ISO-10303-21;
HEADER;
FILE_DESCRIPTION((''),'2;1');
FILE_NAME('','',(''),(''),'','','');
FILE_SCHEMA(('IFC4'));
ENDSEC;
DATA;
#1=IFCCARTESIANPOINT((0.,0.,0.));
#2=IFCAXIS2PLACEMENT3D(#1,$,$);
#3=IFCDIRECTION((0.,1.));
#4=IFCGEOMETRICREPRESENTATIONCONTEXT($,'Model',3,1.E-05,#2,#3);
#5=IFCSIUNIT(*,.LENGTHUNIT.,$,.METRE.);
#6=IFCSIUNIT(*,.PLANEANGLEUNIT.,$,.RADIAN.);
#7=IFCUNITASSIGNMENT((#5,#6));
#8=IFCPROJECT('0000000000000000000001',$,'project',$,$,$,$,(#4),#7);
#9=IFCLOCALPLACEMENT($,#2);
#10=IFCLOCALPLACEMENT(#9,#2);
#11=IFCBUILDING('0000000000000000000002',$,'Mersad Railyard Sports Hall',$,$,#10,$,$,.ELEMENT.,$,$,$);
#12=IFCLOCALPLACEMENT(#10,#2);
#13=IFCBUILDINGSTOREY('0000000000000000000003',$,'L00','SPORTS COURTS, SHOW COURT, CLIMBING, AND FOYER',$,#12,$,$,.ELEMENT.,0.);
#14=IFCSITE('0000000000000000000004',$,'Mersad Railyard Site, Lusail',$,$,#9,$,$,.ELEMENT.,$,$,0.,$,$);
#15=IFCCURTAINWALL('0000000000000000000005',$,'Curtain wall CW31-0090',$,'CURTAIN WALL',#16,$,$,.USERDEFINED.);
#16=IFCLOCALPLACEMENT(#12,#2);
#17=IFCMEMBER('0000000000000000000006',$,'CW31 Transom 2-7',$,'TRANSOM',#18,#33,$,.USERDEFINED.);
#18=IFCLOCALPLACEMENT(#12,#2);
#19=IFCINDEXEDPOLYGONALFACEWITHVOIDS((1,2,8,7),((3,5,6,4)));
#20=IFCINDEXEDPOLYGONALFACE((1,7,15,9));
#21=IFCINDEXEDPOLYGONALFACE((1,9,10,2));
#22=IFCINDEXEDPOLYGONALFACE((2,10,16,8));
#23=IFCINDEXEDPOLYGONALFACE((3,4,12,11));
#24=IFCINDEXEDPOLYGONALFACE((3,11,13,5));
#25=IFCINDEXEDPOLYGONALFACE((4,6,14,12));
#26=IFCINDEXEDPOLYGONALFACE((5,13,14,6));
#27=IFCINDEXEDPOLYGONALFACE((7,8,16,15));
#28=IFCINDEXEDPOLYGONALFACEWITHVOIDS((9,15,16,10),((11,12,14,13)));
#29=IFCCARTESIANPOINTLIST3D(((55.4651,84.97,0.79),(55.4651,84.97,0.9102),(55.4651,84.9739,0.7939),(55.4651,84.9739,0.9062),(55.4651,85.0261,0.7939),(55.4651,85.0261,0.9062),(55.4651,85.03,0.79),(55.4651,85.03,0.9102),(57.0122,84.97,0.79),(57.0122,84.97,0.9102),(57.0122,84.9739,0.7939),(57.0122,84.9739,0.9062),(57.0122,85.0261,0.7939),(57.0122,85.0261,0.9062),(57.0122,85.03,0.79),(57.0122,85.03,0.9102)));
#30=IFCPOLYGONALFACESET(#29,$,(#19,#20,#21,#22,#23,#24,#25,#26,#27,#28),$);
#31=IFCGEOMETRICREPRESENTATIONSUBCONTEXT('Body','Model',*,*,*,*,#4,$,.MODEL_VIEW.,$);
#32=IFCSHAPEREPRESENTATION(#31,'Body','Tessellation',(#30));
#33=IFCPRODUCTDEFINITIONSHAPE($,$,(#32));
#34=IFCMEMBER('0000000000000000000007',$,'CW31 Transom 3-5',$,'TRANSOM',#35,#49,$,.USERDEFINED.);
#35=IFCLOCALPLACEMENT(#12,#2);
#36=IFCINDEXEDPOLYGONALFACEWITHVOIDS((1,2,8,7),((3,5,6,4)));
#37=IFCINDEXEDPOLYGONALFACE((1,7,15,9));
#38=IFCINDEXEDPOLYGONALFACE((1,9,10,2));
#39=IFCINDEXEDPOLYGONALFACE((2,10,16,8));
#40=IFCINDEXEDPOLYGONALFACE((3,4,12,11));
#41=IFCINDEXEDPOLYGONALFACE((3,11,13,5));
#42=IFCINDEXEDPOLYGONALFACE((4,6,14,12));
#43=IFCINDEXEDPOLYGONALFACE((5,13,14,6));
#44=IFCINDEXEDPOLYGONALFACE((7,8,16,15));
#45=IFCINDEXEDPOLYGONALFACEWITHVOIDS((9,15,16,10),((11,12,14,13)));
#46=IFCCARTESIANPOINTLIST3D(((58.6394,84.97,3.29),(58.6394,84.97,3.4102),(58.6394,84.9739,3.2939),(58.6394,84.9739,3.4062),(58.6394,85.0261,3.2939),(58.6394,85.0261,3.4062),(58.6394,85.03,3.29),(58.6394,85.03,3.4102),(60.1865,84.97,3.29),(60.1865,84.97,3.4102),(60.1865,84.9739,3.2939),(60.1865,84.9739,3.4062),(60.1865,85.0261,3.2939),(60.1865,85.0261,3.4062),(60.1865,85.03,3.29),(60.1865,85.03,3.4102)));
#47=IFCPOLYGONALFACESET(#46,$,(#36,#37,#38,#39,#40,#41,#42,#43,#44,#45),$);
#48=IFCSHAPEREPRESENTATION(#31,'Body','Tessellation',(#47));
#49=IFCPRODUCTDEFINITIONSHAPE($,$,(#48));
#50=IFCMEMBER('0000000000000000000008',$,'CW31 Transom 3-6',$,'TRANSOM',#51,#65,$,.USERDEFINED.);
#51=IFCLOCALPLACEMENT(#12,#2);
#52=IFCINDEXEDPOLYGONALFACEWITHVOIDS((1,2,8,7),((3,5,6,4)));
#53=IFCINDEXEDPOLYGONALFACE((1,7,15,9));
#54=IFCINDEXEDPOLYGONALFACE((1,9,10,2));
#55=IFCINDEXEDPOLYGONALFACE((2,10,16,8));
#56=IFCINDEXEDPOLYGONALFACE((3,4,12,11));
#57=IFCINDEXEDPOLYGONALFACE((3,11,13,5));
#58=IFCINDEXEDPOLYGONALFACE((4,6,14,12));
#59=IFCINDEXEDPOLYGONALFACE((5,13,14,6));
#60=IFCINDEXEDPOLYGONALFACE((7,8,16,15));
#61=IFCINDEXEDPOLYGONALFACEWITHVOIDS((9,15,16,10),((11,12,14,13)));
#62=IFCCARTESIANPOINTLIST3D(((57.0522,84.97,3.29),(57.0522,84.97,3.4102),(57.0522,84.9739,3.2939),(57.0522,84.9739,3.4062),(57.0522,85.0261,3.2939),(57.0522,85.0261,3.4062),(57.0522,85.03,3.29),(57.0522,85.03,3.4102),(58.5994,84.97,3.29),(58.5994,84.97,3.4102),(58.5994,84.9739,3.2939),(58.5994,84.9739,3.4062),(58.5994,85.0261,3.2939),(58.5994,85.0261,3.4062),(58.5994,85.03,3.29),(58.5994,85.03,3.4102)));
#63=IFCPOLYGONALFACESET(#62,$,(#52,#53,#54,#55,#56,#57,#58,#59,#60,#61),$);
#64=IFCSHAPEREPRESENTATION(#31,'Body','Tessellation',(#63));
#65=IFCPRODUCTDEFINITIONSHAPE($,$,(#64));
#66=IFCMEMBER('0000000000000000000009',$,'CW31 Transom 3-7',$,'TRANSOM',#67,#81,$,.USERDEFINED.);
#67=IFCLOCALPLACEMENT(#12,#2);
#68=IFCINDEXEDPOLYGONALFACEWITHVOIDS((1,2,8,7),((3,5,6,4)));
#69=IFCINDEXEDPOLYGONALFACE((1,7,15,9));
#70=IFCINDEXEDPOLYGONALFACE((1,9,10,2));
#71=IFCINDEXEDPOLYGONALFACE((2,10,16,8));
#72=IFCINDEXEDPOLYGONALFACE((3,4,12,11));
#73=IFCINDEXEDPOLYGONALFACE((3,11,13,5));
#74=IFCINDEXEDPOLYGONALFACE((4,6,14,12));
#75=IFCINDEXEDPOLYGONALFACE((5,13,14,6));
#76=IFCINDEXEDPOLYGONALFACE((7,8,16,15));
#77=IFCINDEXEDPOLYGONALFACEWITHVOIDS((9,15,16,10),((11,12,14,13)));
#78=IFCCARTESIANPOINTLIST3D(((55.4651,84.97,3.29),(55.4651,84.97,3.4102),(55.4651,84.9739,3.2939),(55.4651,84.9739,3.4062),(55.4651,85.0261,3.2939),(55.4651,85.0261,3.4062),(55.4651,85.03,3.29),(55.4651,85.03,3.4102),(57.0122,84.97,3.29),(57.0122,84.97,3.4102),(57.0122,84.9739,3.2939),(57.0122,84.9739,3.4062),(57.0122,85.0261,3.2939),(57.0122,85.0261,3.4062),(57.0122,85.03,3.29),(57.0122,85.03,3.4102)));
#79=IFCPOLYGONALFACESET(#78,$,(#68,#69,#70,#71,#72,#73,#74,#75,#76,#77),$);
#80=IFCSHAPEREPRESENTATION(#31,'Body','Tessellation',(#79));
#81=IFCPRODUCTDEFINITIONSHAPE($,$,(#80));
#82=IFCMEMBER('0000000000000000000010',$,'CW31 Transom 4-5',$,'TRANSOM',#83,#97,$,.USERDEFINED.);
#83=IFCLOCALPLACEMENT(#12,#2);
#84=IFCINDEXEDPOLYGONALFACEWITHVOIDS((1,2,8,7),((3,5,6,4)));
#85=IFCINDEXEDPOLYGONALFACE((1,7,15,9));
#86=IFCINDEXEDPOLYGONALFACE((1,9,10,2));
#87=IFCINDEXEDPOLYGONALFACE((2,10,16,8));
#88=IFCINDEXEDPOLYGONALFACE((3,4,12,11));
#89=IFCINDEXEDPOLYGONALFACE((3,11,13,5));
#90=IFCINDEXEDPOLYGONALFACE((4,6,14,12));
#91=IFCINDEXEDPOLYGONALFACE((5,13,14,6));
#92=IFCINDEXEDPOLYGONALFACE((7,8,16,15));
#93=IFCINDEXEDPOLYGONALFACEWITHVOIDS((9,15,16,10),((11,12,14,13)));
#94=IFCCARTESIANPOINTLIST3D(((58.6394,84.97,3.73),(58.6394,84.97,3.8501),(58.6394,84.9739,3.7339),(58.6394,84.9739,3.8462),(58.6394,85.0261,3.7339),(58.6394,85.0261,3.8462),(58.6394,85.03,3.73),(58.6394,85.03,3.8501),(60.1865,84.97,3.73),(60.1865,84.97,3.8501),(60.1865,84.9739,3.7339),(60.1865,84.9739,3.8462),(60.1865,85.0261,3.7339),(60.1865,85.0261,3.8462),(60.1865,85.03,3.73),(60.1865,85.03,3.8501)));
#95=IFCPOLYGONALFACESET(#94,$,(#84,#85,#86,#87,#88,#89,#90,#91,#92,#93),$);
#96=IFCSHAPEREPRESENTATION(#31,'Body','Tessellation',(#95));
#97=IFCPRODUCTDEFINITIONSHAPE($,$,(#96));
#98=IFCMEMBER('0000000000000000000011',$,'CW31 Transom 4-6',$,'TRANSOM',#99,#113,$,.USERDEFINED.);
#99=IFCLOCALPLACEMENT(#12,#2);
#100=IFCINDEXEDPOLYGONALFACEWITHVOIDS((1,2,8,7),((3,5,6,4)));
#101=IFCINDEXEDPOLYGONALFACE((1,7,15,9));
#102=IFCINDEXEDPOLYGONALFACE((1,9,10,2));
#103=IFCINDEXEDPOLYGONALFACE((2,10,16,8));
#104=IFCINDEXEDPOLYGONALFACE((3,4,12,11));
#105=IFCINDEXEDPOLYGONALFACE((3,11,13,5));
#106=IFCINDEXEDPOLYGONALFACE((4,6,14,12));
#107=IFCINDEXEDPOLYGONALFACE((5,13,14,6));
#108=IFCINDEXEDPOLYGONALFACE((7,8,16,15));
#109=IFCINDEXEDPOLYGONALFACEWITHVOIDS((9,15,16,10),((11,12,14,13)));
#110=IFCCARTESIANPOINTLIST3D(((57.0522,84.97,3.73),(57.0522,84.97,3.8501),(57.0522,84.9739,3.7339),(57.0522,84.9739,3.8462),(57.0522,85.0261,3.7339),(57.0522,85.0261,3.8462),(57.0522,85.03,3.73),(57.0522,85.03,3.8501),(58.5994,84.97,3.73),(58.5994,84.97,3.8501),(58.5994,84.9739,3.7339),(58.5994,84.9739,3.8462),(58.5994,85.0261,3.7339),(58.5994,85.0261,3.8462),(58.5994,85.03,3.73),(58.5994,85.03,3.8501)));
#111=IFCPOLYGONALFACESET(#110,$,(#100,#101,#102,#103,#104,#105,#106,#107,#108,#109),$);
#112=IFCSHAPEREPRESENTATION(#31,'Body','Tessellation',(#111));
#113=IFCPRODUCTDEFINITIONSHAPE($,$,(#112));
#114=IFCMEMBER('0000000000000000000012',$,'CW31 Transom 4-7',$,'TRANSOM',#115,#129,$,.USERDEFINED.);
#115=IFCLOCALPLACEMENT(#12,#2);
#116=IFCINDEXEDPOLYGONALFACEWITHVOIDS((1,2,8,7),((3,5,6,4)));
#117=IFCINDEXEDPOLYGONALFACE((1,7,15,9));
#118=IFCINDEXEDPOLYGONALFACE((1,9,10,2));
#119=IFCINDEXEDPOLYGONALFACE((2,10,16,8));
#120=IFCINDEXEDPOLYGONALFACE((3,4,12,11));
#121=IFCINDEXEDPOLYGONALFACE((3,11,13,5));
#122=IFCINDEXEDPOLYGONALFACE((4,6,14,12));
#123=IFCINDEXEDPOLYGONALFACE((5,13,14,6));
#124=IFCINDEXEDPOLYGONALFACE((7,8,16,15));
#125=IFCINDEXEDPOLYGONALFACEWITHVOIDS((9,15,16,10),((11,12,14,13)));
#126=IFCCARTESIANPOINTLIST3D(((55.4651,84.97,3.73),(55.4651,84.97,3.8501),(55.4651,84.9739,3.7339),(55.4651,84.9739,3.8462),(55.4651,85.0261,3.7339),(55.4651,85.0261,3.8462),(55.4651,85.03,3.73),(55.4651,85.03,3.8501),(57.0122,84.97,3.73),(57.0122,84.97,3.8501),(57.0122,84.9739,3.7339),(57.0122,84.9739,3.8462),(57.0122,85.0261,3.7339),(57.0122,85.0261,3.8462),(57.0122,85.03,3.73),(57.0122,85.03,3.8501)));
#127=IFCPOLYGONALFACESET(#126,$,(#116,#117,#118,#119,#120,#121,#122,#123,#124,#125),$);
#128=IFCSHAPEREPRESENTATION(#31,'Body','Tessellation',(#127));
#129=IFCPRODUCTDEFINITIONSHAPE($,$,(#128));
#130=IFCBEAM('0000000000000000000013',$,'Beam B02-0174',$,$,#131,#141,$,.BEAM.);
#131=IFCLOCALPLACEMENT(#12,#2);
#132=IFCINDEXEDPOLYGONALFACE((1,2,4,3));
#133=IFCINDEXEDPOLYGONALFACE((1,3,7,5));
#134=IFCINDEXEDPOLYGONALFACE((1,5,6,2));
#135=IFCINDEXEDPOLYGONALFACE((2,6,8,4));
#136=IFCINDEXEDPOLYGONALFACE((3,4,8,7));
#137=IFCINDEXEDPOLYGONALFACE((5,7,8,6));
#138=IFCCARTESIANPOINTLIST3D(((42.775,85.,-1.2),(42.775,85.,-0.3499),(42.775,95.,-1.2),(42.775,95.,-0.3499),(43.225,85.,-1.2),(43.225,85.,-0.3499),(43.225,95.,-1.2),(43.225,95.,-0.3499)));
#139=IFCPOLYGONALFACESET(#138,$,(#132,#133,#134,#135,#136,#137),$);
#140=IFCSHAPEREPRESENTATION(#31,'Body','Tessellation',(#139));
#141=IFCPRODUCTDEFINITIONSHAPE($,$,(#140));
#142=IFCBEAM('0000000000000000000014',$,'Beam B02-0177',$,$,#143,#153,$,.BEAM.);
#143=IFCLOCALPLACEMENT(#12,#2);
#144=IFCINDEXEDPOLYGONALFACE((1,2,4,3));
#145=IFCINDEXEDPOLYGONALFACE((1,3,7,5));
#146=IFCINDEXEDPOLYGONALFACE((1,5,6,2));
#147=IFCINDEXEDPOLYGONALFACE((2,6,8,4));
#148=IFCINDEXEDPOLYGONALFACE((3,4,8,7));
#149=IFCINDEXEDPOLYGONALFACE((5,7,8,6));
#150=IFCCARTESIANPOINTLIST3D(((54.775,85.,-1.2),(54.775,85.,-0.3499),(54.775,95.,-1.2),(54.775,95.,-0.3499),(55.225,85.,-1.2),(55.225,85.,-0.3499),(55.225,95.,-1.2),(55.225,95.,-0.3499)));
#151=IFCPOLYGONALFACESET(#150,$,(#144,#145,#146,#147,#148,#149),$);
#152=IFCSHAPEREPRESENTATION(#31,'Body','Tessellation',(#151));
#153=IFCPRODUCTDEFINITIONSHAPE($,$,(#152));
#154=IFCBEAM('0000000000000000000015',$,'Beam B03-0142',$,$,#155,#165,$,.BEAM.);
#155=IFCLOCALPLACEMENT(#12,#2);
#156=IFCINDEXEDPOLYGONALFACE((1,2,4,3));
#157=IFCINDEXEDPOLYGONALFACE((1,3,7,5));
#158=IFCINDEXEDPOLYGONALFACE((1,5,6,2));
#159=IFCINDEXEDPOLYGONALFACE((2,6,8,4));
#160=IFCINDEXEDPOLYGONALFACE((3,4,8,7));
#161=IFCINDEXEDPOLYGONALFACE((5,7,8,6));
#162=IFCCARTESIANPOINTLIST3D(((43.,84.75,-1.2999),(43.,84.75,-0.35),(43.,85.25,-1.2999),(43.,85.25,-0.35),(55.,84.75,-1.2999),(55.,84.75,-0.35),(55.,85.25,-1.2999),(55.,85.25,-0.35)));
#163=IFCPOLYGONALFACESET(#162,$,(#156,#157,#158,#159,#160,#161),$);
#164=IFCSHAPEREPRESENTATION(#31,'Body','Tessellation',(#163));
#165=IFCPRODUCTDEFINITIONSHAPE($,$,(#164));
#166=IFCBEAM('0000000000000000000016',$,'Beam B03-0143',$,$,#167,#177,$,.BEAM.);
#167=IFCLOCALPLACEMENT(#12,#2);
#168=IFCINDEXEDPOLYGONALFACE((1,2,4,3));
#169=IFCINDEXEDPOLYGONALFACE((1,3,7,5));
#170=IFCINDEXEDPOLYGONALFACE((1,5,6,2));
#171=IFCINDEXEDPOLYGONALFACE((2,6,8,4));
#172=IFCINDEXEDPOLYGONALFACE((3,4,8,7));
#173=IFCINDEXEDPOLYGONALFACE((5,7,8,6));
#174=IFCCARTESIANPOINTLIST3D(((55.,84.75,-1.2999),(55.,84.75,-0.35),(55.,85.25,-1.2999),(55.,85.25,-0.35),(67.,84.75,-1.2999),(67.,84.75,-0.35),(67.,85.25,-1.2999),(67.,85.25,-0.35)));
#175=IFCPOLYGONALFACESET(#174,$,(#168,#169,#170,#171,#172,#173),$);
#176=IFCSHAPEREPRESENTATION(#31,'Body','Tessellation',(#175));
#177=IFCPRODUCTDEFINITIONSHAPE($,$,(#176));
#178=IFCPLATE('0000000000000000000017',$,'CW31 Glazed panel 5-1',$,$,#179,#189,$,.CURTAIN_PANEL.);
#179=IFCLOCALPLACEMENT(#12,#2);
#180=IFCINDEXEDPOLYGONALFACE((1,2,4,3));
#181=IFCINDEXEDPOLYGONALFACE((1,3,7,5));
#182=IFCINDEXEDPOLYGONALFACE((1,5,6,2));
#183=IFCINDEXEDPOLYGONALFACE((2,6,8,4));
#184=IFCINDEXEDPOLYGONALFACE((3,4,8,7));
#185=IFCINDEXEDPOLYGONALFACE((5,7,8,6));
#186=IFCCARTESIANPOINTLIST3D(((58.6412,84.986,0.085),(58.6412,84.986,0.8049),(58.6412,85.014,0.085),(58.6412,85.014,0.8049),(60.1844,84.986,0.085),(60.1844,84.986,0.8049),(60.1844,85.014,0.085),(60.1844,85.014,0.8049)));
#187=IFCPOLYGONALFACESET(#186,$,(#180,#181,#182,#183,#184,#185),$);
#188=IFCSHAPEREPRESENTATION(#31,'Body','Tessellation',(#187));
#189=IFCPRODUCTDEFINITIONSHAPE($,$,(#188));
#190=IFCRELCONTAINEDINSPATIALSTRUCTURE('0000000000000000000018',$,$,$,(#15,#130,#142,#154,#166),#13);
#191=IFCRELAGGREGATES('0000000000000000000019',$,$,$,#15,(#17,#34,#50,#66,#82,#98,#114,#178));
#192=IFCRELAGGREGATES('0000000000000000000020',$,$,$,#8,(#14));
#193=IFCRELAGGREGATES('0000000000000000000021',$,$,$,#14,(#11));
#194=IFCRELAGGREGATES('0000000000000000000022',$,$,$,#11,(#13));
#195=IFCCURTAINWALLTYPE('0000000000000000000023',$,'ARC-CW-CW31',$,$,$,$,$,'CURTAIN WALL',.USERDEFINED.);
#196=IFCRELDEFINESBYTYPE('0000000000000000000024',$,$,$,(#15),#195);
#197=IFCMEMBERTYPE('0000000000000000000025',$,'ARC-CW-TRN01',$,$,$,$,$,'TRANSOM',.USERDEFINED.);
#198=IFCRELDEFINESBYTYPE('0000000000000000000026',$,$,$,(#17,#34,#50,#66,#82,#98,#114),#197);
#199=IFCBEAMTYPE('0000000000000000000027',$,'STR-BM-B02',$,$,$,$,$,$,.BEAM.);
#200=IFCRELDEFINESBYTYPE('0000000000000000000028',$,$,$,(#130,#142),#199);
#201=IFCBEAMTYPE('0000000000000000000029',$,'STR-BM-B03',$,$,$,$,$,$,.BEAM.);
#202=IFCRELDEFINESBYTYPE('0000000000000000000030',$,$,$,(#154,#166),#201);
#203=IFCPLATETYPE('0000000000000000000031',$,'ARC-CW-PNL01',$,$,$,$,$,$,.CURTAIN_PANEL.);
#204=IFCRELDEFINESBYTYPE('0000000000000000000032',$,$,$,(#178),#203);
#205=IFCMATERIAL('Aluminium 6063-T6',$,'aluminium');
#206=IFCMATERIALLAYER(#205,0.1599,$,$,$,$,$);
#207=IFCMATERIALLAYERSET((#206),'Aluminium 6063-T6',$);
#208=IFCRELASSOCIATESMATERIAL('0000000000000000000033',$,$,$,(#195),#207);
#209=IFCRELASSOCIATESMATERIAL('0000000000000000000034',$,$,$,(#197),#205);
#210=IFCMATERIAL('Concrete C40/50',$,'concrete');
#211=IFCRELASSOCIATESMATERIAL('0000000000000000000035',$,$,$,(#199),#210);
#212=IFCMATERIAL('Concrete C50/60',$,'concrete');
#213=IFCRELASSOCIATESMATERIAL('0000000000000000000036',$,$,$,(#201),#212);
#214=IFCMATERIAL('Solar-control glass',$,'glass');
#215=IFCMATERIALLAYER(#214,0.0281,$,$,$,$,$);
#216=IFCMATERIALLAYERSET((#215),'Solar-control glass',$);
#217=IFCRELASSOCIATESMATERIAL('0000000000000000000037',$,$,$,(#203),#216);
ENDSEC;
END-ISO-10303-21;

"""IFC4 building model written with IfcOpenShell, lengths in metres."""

from ifc_helpers import new_model, si_unit, direction, frame, origin, origin_2d, place, context, subcontext, project, spatial, rectangle, hollow_rectangle, extrude, material, layer, layer_set, material_profile, profile_set, type_object, element, aggregate, save


model = new_model("IFC4")

# Units and contexts
model_context = context("Model", 3, precision=1e-05, world=origin(), true_north=direction((0.0, 1.0)))
body_context = subcontext(model_context, "Body", "Model", "MODEL_VIEW")
ifc_project = project(units=[si_unit("LENGTHUNIT", "METRE"), si_unit("PLANEANGLEUNIT", "RADIAN")], contexts=[model_context])

# Site, building, storey
site_placement = place(None, origin())
site = spatial("IfcSite", under=ifc_project, at=site_placement, Name="Mersad Railyard Site, Lusail", CompositionType="ELEMENT", RefElevation=0.0)
building_placement = place(site_placement, origin())
building = spatial("IfcBuilding", under=site, at=building_placement, Name="Mersad Railyard Sports Hall", CompositionType="ELEMENT")
storey_placement = place(building_placement, origin())
storey = spatial("IfcBuildingStorey", under=building, at=storey_placement, Name="L00", Description="SPORTS COURTS, SHOW COURT, CLIMBING, AND FOYER", CompositionType="ELEMENT", Elevation=0.0)

# Shared definitions
ifc_material_1 = material(Name="Concrete C50/60", Category="concrete")

# Curtain wall, members
ifc_material_2 = material(Name="Aluminium 6063-T6", Category="aluminium")
ifc_layer_1 = layer(ifc_material_2, 0.1599)
ifc_layer_set_1 = layer_set([ifc_layer_1], Name="Aluminium 6063-T6")
curtain_wall_type = type_object("IfcCurtainWallType", Name="ARC-CW-CW31", ElementType="CURTAIN WALL", PredefinedType="USERDEFINED", material=ifc_layer_set_1)
curtain_wall_placement = place(storey_placement, origin())
curtain_wall = element("IfcCurtainWall", 1, at=curtain_wall_placement, inside=storey, type_object=curtain_wall_type, Name="Curtain wall CW31-0090", ObjectType="CURTAIN WALL", PredefinedType="USERDEFINED")
ifc_material_profile_1 = material_profile(ifc_material_2, hollow_rectangle(XDim=0.0601, YDim=0.1201, WallThickness=0.0039, at=origin_2d()), Name="AL TRANSOM 60x120x4")
ifc_profile_set_1 = profile_set([ifc_material_profile_1], Name="Aluminium 6063-T6")
member_type_1 = type_object("IfcMemberType", Name="ARC-CW-TRN01", ElementType="TRANSOM", PredefinedType="USERDEFINED", material=ifc_profile_set_1)
member_1_placement = place(storey_placement, frame((57.0122, 85.0, 0.8501), z_axis=(-1.0, 0.0, 0.0), x_axis=(0.0, -1.0, 0.0)))
member_1 = element("IfcMember", 2, at=member_1_placement, type_object=member_type_1, Name="CW31 Transom 2-7", ObjectType="TRANSOM", PredefinedType="USERDEFINED", context=body_context, shape_type="SweptSolid", body=[
    extrude(hollow_rectangle(XDim=0.0601, YDim=0.1201, WallThickness=0.0039, at=origin_2d()), origin(), (0.0, 0.0, 1.0), 1.5471),
])
member_2_placement = place(storey_placement, frame((60.1865, 85.0, 3.3501), z_axis=(-1.0, 0.0, 0.0), x_axis=(0.0, -1.0, 0.0)))
member_2 = element("IfcMember", 3, at=member_2_placement, type_object=member_type_1, Name="CW31 Transom 3-5", ObjectType="TRANSOM", PredefinedType="USERDEFINED", context=body_context, shape_type="SweptSolid", body=[
    extrude(hollow_rectangle(XDim=0.0601, YDim=0.1201, WallThickness=0.0039, at=origin_2d()), origin(), (0.0, 0.0, 1.0), 1.5471),
])
member_3_placement = place(storey_placement, frame((58.5994, 85.0, 3.3501), z_axis=(-1.0, 0.0, 0.0), x_axis=(0.0, -1.0, 0.0)))
member_3 = element("IfcMember", 4, at=member_3_placement, type_object=member_type_1, Name="CW31 Transom 3-6", ObjectType="TRANSOM", PredefinedType="USERDEFINED", context=body_context, shape_type="SweptSolid", body=[
    extrude(hollow_rectangle(XDim=0.0601, YDim=0.1201, WallThickness=0.0039, at=origin_2d()), origin(), (0.0, 0.0, 1.0), 1.5471),
])
member_4_placement = place(storey_placement, frame((57.0122, 85.0, 3.3501), z_axis=(-1.0, 0.0, 0.0), x_axis=(0.0, -1.0, 0.0)))
member_4 = element("IfcMember", 5, at=member_4_placement, type_object=member_type_1, Name="CW31 Transom 3-7", ObjectType="TRANSOM", PredefinedType="USERDEFINED", context=body_context, shape_type="SweptSolid", body=[
    extrude(hollow_rectangle(XDim=0.0601, YDim=0.1201, WallThickness=0.0039, at=origin_2d()), origin(), (0.0, 0.0, 1.0), 1.5471),
])
member_5_placement = place(storey_placement, frame((60.1865, 85.0, 3.79), z_axis=(-1.0, 0.0, 0.0), x_axis=(0.0, -1.0, 0.0)))
member_5 = element("IfcMember", 6, at=member_5_placement, type_object=member_type_1, Name="CW31 Transom 4-5", ObjectType="TRANSOM", PredefinedType="USERDEFINED", context=body_context, shape_type="SweptSolid", body=[
    extrude(hollow_rectangle(XDim=0.0601, YDim=0.1201, WallThickness=0.0039, at=origin_2d()), origin(), (0.0, 0.0, 1.0), 1.5471),
])
member_6_placement = place(storey_placement, frame((58.5994, 85.0, 3.79), z_axis=(-1.0, 0.0, 0.0), x_axis=(0.0, -1.0, 0.0)))
member_6 = element("IfcMember", 7, at=member_6_placement, type_object=member_type_1, Name="CW31 Transom 4-6", ObjectType="TRANSOM", PredefinedType="USERDEFINED", context=body_context, shape_type="SweptSolid", body=[
    extrude(hollow_rectangle(XDim=0.0601, YDim=0.1201, WallThickness=0.0039, at=origin_2d()), origin(), (0.0, 0.0, 1.0), 1.5471),
])
member_7_placement = place(storey_placement, frame((57.0122, 85.0, 3.79), z_axis=(-1.0, 0.0, 0.0), x_axis=(0.0, -1.0, 0.0)))
member_7 = element("IfcMember", 8, at=member_7_placement, type_object=member_type_1, Name="CW31 Transom 4-7", ObjectType="TRANSOM", PredefinedType="USERDEFINED", context=body_context, shape_type="SweptSolid", body=[
    extrude(hollow_rectangle(XDim=0.0601, YDim=0.1201, WallThickness=0.0039, at=origin_2d()), origin(), (0.0, 0.0, 1.0), 1.5471),
])

# Beams
ifc_material_3 = material(Name="Concrete C40/50", Category="concrete")
ifc_material_profile_2 = material_profile(ifc_material_3, rectangle(XDim=0.45, YDim=0.8501, at=origin_2d()), Name="RC 450x850")
ifc_profile_set_2 = profile_set([ifc_material_profile_2], Name="Concrete C40/50")
beam_type_1 = type_object("IfcBeamType", Name="STR-BM-B02", PredefinedType="BEAM", material=ifc_profile_set_2)
for number, where, z_axis, x_axis, name in (
    (9, (43.0, 85.0, -0.7749), (0.0, 1.0, 0.0), (-1.0, 0.0, 0.0), "Beam B02-0174"),
    (10, (55.0, 85.0, -0.7749), (0.0, 1.0, 0.0), (-1.0, 0.0, 0.0), "Beam B02-0177"),
):
    element("IfcBeam", number, at=place(storey_placement, frame(where, z_axis=z_axis, x_axis=x_axis)), inside=storey, type_object=beam_type_1, Name=name, PredefinedType="BEAM", context=body_context, shape_type="SweptSolid", body=[
        extrude(rectangle(XDim=0.45, YDim=0.8501, at=origin_2d()), origin(), (0.0, 0.0, 1.0), 10.0),
    ])
ifc_material_profile_3 = material_profile(ifc_material_1, rectangle(XDim=0.5, YDim=0.95, at=origin_2d()), Name="RC 500x950")
ifc_profile_set_3 = profile_set([ifc_material_profile_3], Name="Concrete C50/60")
beam_type_2 = type_object("IfcBeamType", Name="STR-BM-B03", PredefinedType="BEAM", material=ifc_profile_set_3)
for number, where, z_axis, x_axis, name in (
    (11, (43.0, 85.0, -0.825), (1.0, 0.0, 0.0), (0.0, 1.0, 0.0), "Beam B03-0142"),
    (12, (55.0, 85.0, -0.825), (1.0, 0.0, 0.0), (0.0, 1.0, 0.0), "Beam B03-0143"),
):
    element("IfcBeam", number, at=place(storey_placement, frame(where, z_axis=z_axis, x_axis=x_axis)), inside=storey, type_object=beam_type_2, Name=name, PredefinedType="BEAM", context=body_context, shape_type="SweptSolid", body=[
        extrude(rectangle(XDim=0.5, YDim=0.95, at=origin_2d()), origin(), (0.0, 0.0, 1.0), 12.0),
    ])

# Plate
ifc_material_4 = material(Name="Solar-control glass", Category="glass")
ifc_layer_2 = layer(ifc_material_4, 0.0281)
ifc_layer_set_2 = layer_set([ifc_layer_2], Name="Solar-control glass")
plate_type = type_object("IfcPlateType", Name="ARC-CW-PNL01", PredefinedType="CURTAIN_PANEL", material=ifc_layer_set_2)
plate_1_placement = place(storey_placement, frame((59.4128, 85.0, 0.085), z_axis=(0.0, 0.0, 1.0), x_axis=(-1.0, 0.0, 0.0)))
plate_1 = element("IfcPlate", 13, at=plate_1_placement, type_object=plate_type, Name="CW31 Glazed panel 5-1", PredefinedType="CURTAIN_PANEL", context=body_context, shape_type="SweptSolid", body=[
    extrude(rectangle(XDim=1.5432, YDim=0.0281, at=origin_2d()), origin(), (0.0, 0.0, 1.0), 0.72),
])
aggregate(curtain_wall, [member_1, member_2, member_3, member_4, member_5, member_6, member_7, plate_1])

save(model, "model.ifc")
